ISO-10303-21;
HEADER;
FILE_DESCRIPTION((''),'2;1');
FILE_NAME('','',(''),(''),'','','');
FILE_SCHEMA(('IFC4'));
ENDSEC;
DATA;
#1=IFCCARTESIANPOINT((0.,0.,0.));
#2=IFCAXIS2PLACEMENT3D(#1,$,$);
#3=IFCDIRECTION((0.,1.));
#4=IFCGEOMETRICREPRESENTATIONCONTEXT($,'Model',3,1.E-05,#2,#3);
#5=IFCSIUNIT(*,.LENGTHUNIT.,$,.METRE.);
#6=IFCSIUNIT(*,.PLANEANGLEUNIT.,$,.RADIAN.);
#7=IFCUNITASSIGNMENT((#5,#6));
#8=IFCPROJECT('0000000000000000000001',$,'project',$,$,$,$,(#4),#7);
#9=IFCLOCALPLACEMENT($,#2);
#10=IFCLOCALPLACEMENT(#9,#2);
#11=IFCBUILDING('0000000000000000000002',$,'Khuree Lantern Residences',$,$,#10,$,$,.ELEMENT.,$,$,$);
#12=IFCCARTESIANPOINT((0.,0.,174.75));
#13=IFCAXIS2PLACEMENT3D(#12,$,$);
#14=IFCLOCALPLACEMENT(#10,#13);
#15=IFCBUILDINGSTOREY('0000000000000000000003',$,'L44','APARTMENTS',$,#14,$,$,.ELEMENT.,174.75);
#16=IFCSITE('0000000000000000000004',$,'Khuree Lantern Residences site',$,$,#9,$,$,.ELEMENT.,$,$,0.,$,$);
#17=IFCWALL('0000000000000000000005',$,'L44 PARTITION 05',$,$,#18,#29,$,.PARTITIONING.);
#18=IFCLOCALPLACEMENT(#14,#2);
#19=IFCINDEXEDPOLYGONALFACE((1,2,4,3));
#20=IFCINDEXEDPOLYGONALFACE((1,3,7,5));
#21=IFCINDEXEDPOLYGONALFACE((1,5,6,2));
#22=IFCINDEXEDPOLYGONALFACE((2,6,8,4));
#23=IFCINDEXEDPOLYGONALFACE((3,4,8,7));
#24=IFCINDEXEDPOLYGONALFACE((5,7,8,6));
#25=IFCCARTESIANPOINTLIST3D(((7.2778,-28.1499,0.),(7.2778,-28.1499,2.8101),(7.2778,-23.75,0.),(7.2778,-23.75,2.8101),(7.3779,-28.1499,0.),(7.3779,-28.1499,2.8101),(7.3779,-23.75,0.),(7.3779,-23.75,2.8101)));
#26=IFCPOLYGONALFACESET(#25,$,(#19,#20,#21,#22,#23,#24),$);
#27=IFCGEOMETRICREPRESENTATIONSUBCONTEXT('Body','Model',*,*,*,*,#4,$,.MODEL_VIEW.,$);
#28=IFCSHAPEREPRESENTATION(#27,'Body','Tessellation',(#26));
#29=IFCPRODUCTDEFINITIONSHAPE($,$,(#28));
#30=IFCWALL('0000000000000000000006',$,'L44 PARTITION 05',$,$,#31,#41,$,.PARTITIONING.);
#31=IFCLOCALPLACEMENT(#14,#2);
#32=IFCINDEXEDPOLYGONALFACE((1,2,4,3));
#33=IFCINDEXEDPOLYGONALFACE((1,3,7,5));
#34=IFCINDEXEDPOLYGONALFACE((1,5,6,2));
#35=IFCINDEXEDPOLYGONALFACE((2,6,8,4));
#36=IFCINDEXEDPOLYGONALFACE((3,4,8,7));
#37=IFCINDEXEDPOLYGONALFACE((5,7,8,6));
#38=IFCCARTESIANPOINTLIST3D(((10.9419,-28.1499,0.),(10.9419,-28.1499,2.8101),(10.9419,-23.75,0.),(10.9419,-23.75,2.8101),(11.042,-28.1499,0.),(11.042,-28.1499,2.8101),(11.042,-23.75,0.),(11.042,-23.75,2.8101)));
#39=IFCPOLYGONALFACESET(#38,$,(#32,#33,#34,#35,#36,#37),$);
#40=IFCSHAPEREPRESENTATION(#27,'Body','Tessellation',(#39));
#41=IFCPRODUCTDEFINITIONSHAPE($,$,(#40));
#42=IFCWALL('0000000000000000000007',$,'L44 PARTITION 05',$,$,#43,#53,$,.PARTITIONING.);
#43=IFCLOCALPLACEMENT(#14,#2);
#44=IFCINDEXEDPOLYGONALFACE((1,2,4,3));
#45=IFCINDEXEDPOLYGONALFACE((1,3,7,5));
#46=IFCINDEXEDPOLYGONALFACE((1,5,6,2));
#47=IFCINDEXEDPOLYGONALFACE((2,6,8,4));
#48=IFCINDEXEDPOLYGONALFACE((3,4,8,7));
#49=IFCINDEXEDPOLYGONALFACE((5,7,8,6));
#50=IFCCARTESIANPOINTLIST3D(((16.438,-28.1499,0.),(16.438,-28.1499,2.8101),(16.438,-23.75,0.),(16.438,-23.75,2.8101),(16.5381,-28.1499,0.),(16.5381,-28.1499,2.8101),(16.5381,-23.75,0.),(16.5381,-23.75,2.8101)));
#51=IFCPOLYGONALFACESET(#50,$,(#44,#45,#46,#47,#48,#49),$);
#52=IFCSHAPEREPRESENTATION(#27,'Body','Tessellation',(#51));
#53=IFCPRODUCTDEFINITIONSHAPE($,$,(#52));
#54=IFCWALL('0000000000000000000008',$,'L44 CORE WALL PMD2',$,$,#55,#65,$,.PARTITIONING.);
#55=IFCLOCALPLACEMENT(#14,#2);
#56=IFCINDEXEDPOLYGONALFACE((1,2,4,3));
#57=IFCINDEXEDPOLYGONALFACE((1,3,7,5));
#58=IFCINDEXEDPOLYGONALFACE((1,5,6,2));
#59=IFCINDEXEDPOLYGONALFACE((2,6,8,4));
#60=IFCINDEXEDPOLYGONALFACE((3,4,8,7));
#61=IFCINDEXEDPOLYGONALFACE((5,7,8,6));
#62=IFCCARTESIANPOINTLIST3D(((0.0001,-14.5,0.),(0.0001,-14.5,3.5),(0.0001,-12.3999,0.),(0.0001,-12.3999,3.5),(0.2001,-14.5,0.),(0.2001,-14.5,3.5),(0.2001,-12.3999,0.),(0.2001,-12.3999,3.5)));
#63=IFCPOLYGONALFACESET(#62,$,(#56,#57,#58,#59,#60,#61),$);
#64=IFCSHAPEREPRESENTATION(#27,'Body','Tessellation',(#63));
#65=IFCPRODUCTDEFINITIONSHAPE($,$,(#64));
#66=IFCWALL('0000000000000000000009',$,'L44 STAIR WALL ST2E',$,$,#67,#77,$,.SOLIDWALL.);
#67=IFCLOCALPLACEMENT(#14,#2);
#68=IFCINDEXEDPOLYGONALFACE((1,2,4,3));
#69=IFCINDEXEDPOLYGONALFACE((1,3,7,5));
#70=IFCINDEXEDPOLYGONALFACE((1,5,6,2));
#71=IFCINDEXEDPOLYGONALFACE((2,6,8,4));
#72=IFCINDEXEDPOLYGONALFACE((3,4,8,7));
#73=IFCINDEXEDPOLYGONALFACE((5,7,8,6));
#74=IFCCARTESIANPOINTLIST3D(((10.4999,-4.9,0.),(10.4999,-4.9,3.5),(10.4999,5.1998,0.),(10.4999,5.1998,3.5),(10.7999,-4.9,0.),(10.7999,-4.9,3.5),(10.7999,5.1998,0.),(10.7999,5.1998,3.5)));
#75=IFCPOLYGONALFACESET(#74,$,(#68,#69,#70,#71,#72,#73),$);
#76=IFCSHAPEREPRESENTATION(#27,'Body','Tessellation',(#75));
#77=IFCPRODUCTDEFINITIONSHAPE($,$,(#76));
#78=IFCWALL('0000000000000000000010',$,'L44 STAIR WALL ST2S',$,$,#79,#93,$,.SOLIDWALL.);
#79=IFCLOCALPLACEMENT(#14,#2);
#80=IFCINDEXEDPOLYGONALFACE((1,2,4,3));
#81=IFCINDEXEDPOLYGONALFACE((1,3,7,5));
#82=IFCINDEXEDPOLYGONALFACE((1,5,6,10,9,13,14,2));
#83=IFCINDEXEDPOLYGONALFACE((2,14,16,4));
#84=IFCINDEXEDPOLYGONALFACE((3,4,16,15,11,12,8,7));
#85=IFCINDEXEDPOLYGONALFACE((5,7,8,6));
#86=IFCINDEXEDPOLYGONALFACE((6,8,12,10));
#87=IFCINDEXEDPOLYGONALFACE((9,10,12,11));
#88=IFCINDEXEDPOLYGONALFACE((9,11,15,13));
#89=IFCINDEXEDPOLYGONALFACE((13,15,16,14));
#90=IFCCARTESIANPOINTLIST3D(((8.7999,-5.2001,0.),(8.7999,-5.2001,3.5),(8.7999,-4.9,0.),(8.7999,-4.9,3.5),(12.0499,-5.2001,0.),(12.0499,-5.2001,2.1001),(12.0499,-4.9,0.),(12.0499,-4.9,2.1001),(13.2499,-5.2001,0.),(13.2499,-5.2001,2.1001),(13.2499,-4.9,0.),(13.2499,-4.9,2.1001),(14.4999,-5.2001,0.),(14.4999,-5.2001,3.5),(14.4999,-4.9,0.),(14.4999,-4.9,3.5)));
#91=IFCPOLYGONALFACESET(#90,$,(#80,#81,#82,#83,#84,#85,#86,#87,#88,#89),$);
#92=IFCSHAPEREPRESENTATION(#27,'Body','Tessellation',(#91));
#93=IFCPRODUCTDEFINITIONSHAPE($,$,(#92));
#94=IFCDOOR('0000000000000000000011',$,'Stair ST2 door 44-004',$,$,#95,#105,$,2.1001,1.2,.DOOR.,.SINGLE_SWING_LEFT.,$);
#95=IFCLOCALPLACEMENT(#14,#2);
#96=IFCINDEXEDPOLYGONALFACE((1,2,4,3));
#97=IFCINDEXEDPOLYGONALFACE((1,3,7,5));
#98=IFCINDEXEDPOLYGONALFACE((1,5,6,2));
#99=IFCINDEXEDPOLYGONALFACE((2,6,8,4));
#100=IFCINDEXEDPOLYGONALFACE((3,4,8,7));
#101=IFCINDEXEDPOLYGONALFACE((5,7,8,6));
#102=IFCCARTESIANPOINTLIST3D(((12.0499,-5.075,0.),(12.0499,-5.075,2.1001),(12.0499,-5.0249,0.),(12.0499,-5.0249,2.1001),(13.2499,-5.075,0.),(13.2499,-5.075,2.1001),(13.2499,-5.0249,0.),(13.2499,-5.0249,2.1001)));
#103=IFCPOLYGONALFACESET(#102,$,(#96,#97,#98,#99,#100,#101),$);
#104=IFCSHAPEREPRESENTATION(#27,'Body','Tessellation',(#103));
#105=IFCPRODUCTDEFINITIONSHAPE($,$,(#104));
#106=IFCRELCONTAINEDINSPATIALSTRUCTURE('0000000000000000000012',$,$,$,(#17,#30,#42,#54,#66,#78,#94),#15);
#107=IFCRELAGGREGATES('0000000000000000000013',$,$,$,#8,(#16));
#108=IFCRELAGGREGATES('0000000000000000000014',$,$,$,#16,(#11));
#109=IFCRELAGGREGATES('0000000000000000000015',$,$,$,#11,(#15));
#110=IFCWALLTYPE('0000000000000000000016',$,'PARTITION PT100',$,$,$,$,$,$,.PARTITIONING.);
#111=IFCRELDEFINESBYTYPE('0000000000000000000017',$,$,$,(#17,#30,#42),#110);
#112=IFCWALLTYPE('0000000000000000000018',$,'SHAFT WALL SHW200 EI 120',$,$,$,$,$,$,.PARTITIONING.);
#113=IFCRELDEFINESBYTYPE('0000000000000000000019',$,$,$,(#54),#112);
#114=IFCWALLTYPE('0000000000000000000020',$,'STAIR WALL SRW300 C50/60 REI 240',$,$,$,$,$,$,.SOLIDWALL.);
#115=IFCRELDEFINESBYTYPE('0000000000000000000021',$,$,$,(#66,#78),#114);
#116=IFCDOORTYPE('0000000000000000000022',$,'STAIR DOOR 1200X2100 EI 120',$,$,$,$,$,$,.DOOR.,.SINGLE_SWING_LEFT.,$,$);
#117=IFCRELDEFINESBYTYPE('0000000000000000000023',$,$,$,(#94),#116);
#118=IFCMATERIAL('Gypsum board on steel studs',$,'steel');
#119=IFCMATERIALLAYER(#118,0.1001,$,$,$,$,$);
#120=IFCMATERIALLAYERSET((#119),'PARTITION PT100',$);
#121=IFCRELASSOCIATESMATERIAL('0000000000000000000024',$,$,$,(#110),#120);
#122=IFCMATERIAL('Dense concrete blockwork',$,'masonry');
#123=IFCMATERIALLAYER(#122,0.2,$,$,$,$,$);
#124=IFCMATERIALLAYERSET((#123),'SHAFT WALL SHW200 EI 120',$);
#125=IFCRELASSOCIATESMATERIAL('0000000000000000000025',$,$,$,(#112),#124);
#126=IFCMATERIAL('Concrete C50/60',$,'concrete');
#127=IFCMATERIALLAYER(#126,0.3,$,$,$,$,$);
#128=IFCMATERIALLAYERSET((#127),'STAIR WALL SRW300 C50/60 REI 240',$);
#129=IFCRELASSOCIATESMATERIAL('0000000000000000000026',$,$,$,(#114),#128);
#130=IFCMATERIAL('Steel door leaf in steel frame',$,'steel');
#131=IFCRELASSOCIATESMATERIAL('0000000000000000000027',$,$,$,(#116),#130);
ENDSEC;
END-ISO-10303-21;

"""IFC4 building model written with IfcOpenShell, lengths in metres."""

from ifc_helpers import new_model, si_unit, direction, frame, frame_2d, origin, place, context, subcontext, project, spatial, rectangle, extrude, material, layer, layer_set, type_object, element, fill, save


model = new_model("IFC4")

# Units and contexts
model_context = context("Model", 3, precision=1e-05, world=origin(), true_north=direction((0.0, 1.0)))
body_context = subcontext(model_context, "Body", "Model", "MODEL_VIEW")
ifc_project = project(units=[si_unit("LENGTHUNIT", "METRE"), si_unit("PLANEANGLEUNIT", "RADIAN")], contexts=[model_context])

# Site, building, storey
site_placement = place(None, origin())
site = spatial("IfcSite", under=ifc_project, at=site_placement, Name="Khuree Lantern Residences site", CompositionType="ELEMENT", RefElevation=0.0)
building_placement = place(site_placement, origin())
building = spatial("IfcBuilding", under=site, at=building_placement, Name="Khuree Lantern Residences", CompositionType="ELEMENT")
storey_placement = place(building_placement, frame((0.0, 0.0, 174.75)))
storey = spatial("IfcBuildingStorey", under=building, at=storey_placement, Name="L44", Description="APARTMENTS", CompositionType="ELEMENT", Elevation=174.75)

# Shared definitions
ifc_material_1 = material(Name="Dense concrete blockwork", Category="masonry")

# Shared definitions
ifc_material_2 = material(Name="Gypsum board on steel studs", Category="steel")

# Shared definitions
ifc_material_3 = material(Name="Steel door leaf in steel frame", Category="steel")

# Walls
ifc_layer_1 = layer(ifc_material_2, 0.1001)
ifc_layer_set_1 = layer_set([ifc_layer_1], Name="PARTITION PT100")
wall_type_1 = type_object("IfcWallType", Name="PARTITION PT100", PredefinedType="PARTITIONING", material=ifc_layer_set_1)
for number, where, z_axis, x_axis, name in (
    (1, (7.3279, -23.75, 0.0), (0.0, 0.0, 1.0), (0.0, -1.0, 0.0), "L44 PARTITION 05"),
    (2, (10.9919, -23.75, 0.0), (0.0, 0.0, 1.0), (0.0, -1.0, 0.0), "L44 PARTITION 05"),
    (3, (16.488, -23.75, 0.0), (0.0, 0.0, 1.0), (0.0, -1.0, 0.0), "L44 PARTITION 05"),
):
    element("IfcWall", number, at=place(storey_placement, frame(where, z_axis=z_axis, x_axis=x_axis)), inside=storey, type_object=wall_type_1, Name=name, PredefinedType="PARTITIONING", context=body_context, shape_type="SweptSolid", body=[
        extrude(rectangle(XDim=4.3999, YDim=0.1001, at=frame_2d((2.2, 0.0))), origin(), (0.0, 0.0, 1.0), 2.8101),
    ])
ifc_layer_2 = layer(ifc_material_1, 0.2)
ifc_layer_set_2 = layer_set([ifc_layer_2], Name="SHAFT WALL SHW200 EI 120")
wall_type_2 = type_object("IfcWallType", Name="SHAFT WALL SHW200 EI 120", PredefinedType="PARTITIONING", material=ifc_layer_set_2)
wall_1_placement = place(storey_placement, frame((0.1001, -14.5, 0.0), z_axis=(0.0, 0.0, 1.0), x_axis=(0.0, 1.0, 0.0)))
element("IfcWall", 4, at=wall_1_placement, inside=storey, type_object=wall_type_2, Name="L44 CORE WALL PMD2", PredefinedType="PARTITIONING", context=body_context, shape_type="SweptSolid", body=[
    extrude(rectangle(XDim=2.1001, YDim=0.2, at=frame_2d((1.05, 0.0))), origin(), (0.0, 0.0, 1.0), 3.5),
])
ifc_material_4 = material(Name="Concrete C50/60", Category="concrete")
ifc_layer_3 = layer(ifc_material_4, 0.3)
ifc_layer_set_3 = layer_set([ifc_layer_3], Name="STAIR WALL SRW300 C50/60 REI 240")
wall_type_3 = type_object("IfcWallType", Name="STAIR WALL SRW300 C50/60 REI 240", PredefinedType="SOLIDWALL", material=ifc_layer_set_3)
wall_2_placement = place(storey_placement, frame((10.6499, -4.8999, 0.0), z_axis=(0.0, 0.0, 1.0), x_axis=(0.0, 1.0, 0.0)))
element("IfcWall", 5, at=wall_2_placement, inside=storey, type_object=wall_type_3, Name="L44 STAIR WALL ST2E", PredefinedType="SOLIDWALL", context=body_context, shape_type="SweptSolid", body=[
    extrude(rectangle(XDim=10.0999, YDim=0.3, at=frame_2d((5.0498, 0.0))), origin(), (0.0, 0.0, 1.0), 3.5),
])

# Wall, opening, door
wall_3_placement = place(storey_placement, frame((14.5, -5.05, 0.0), z_axis=(0.0, 0.0, 1.0), x_axis=(-1.0, 0.0, 0.0)))
wall_3 = element("IfcWall", 6, at=wall_3_placement, inside=storey, type_object=wall_type_3, Name="L44 STAIR WALL ST2S", PredefinedType="SOLIDWALL", context=body_context, shape_type="SweptSolid", body=[
    extrude(rectangle(XDim=5.7, YDim=0.3, at=frame_2d((2.8501, 0.0))), origin(), (0.0, 0.0, 1.0), 3.5),
])
opening_1_placement = place(wall_3_placement, frame((1.25, 0.0, 0.0)))
opening_1 = element("IfcOpeningElement", 7, at=opening_1_placement, cuts=wall_3, PredefinedType="OPENING", context=body_context, shape_type="SweptSolid", body=[
    extrude(rectangle(XDim=1.2, YDim=2.1001, at=frame_2d((0.6001, 1.05))), frame((0.0, 0.1602, 0.0), z_axis=(0.0, -1.0, 0.0), x_axis=(1.0, 0.0, 0.0)), (0.0, 0.0, 1.0), 0.3201),
])
door_type_1 = type_object("IfcDoorType", Name="STAIR DOOR 1200X2100 EI 120", OperationType="SINGLE_SWING_LEFT", PredefinedType="DOOR", material=ifc_material_3)
door_1_placement = place(opening_1_placement, origin())
door_1 = element("IfcDoor", 8, at=door_1_placement, inside=storey, type_object=door_type_1, Name="Stair ST2 door 44-004", OperationType="SINGLE_SWING_LEFT", OverallHeight=2.1001, OverallWidth=1.2, PredefinedType="DOOR", context=body_context, shape_type="SweptSolid", body=[
    extrude(rectangle(XDim=1.2, YDim=2.1001, at=frame_2d((0.6001, 1.05))), frame((0.0, 0.0249, 0.0), z_axis=(0.0, -1.0, 0.0), x_axis=(1.0, 0.0, 0.0)), (0.0, 0.0, 1.0), 0.05),
])
fill(opening_1, door_1)

save(model, "model.ifc")
